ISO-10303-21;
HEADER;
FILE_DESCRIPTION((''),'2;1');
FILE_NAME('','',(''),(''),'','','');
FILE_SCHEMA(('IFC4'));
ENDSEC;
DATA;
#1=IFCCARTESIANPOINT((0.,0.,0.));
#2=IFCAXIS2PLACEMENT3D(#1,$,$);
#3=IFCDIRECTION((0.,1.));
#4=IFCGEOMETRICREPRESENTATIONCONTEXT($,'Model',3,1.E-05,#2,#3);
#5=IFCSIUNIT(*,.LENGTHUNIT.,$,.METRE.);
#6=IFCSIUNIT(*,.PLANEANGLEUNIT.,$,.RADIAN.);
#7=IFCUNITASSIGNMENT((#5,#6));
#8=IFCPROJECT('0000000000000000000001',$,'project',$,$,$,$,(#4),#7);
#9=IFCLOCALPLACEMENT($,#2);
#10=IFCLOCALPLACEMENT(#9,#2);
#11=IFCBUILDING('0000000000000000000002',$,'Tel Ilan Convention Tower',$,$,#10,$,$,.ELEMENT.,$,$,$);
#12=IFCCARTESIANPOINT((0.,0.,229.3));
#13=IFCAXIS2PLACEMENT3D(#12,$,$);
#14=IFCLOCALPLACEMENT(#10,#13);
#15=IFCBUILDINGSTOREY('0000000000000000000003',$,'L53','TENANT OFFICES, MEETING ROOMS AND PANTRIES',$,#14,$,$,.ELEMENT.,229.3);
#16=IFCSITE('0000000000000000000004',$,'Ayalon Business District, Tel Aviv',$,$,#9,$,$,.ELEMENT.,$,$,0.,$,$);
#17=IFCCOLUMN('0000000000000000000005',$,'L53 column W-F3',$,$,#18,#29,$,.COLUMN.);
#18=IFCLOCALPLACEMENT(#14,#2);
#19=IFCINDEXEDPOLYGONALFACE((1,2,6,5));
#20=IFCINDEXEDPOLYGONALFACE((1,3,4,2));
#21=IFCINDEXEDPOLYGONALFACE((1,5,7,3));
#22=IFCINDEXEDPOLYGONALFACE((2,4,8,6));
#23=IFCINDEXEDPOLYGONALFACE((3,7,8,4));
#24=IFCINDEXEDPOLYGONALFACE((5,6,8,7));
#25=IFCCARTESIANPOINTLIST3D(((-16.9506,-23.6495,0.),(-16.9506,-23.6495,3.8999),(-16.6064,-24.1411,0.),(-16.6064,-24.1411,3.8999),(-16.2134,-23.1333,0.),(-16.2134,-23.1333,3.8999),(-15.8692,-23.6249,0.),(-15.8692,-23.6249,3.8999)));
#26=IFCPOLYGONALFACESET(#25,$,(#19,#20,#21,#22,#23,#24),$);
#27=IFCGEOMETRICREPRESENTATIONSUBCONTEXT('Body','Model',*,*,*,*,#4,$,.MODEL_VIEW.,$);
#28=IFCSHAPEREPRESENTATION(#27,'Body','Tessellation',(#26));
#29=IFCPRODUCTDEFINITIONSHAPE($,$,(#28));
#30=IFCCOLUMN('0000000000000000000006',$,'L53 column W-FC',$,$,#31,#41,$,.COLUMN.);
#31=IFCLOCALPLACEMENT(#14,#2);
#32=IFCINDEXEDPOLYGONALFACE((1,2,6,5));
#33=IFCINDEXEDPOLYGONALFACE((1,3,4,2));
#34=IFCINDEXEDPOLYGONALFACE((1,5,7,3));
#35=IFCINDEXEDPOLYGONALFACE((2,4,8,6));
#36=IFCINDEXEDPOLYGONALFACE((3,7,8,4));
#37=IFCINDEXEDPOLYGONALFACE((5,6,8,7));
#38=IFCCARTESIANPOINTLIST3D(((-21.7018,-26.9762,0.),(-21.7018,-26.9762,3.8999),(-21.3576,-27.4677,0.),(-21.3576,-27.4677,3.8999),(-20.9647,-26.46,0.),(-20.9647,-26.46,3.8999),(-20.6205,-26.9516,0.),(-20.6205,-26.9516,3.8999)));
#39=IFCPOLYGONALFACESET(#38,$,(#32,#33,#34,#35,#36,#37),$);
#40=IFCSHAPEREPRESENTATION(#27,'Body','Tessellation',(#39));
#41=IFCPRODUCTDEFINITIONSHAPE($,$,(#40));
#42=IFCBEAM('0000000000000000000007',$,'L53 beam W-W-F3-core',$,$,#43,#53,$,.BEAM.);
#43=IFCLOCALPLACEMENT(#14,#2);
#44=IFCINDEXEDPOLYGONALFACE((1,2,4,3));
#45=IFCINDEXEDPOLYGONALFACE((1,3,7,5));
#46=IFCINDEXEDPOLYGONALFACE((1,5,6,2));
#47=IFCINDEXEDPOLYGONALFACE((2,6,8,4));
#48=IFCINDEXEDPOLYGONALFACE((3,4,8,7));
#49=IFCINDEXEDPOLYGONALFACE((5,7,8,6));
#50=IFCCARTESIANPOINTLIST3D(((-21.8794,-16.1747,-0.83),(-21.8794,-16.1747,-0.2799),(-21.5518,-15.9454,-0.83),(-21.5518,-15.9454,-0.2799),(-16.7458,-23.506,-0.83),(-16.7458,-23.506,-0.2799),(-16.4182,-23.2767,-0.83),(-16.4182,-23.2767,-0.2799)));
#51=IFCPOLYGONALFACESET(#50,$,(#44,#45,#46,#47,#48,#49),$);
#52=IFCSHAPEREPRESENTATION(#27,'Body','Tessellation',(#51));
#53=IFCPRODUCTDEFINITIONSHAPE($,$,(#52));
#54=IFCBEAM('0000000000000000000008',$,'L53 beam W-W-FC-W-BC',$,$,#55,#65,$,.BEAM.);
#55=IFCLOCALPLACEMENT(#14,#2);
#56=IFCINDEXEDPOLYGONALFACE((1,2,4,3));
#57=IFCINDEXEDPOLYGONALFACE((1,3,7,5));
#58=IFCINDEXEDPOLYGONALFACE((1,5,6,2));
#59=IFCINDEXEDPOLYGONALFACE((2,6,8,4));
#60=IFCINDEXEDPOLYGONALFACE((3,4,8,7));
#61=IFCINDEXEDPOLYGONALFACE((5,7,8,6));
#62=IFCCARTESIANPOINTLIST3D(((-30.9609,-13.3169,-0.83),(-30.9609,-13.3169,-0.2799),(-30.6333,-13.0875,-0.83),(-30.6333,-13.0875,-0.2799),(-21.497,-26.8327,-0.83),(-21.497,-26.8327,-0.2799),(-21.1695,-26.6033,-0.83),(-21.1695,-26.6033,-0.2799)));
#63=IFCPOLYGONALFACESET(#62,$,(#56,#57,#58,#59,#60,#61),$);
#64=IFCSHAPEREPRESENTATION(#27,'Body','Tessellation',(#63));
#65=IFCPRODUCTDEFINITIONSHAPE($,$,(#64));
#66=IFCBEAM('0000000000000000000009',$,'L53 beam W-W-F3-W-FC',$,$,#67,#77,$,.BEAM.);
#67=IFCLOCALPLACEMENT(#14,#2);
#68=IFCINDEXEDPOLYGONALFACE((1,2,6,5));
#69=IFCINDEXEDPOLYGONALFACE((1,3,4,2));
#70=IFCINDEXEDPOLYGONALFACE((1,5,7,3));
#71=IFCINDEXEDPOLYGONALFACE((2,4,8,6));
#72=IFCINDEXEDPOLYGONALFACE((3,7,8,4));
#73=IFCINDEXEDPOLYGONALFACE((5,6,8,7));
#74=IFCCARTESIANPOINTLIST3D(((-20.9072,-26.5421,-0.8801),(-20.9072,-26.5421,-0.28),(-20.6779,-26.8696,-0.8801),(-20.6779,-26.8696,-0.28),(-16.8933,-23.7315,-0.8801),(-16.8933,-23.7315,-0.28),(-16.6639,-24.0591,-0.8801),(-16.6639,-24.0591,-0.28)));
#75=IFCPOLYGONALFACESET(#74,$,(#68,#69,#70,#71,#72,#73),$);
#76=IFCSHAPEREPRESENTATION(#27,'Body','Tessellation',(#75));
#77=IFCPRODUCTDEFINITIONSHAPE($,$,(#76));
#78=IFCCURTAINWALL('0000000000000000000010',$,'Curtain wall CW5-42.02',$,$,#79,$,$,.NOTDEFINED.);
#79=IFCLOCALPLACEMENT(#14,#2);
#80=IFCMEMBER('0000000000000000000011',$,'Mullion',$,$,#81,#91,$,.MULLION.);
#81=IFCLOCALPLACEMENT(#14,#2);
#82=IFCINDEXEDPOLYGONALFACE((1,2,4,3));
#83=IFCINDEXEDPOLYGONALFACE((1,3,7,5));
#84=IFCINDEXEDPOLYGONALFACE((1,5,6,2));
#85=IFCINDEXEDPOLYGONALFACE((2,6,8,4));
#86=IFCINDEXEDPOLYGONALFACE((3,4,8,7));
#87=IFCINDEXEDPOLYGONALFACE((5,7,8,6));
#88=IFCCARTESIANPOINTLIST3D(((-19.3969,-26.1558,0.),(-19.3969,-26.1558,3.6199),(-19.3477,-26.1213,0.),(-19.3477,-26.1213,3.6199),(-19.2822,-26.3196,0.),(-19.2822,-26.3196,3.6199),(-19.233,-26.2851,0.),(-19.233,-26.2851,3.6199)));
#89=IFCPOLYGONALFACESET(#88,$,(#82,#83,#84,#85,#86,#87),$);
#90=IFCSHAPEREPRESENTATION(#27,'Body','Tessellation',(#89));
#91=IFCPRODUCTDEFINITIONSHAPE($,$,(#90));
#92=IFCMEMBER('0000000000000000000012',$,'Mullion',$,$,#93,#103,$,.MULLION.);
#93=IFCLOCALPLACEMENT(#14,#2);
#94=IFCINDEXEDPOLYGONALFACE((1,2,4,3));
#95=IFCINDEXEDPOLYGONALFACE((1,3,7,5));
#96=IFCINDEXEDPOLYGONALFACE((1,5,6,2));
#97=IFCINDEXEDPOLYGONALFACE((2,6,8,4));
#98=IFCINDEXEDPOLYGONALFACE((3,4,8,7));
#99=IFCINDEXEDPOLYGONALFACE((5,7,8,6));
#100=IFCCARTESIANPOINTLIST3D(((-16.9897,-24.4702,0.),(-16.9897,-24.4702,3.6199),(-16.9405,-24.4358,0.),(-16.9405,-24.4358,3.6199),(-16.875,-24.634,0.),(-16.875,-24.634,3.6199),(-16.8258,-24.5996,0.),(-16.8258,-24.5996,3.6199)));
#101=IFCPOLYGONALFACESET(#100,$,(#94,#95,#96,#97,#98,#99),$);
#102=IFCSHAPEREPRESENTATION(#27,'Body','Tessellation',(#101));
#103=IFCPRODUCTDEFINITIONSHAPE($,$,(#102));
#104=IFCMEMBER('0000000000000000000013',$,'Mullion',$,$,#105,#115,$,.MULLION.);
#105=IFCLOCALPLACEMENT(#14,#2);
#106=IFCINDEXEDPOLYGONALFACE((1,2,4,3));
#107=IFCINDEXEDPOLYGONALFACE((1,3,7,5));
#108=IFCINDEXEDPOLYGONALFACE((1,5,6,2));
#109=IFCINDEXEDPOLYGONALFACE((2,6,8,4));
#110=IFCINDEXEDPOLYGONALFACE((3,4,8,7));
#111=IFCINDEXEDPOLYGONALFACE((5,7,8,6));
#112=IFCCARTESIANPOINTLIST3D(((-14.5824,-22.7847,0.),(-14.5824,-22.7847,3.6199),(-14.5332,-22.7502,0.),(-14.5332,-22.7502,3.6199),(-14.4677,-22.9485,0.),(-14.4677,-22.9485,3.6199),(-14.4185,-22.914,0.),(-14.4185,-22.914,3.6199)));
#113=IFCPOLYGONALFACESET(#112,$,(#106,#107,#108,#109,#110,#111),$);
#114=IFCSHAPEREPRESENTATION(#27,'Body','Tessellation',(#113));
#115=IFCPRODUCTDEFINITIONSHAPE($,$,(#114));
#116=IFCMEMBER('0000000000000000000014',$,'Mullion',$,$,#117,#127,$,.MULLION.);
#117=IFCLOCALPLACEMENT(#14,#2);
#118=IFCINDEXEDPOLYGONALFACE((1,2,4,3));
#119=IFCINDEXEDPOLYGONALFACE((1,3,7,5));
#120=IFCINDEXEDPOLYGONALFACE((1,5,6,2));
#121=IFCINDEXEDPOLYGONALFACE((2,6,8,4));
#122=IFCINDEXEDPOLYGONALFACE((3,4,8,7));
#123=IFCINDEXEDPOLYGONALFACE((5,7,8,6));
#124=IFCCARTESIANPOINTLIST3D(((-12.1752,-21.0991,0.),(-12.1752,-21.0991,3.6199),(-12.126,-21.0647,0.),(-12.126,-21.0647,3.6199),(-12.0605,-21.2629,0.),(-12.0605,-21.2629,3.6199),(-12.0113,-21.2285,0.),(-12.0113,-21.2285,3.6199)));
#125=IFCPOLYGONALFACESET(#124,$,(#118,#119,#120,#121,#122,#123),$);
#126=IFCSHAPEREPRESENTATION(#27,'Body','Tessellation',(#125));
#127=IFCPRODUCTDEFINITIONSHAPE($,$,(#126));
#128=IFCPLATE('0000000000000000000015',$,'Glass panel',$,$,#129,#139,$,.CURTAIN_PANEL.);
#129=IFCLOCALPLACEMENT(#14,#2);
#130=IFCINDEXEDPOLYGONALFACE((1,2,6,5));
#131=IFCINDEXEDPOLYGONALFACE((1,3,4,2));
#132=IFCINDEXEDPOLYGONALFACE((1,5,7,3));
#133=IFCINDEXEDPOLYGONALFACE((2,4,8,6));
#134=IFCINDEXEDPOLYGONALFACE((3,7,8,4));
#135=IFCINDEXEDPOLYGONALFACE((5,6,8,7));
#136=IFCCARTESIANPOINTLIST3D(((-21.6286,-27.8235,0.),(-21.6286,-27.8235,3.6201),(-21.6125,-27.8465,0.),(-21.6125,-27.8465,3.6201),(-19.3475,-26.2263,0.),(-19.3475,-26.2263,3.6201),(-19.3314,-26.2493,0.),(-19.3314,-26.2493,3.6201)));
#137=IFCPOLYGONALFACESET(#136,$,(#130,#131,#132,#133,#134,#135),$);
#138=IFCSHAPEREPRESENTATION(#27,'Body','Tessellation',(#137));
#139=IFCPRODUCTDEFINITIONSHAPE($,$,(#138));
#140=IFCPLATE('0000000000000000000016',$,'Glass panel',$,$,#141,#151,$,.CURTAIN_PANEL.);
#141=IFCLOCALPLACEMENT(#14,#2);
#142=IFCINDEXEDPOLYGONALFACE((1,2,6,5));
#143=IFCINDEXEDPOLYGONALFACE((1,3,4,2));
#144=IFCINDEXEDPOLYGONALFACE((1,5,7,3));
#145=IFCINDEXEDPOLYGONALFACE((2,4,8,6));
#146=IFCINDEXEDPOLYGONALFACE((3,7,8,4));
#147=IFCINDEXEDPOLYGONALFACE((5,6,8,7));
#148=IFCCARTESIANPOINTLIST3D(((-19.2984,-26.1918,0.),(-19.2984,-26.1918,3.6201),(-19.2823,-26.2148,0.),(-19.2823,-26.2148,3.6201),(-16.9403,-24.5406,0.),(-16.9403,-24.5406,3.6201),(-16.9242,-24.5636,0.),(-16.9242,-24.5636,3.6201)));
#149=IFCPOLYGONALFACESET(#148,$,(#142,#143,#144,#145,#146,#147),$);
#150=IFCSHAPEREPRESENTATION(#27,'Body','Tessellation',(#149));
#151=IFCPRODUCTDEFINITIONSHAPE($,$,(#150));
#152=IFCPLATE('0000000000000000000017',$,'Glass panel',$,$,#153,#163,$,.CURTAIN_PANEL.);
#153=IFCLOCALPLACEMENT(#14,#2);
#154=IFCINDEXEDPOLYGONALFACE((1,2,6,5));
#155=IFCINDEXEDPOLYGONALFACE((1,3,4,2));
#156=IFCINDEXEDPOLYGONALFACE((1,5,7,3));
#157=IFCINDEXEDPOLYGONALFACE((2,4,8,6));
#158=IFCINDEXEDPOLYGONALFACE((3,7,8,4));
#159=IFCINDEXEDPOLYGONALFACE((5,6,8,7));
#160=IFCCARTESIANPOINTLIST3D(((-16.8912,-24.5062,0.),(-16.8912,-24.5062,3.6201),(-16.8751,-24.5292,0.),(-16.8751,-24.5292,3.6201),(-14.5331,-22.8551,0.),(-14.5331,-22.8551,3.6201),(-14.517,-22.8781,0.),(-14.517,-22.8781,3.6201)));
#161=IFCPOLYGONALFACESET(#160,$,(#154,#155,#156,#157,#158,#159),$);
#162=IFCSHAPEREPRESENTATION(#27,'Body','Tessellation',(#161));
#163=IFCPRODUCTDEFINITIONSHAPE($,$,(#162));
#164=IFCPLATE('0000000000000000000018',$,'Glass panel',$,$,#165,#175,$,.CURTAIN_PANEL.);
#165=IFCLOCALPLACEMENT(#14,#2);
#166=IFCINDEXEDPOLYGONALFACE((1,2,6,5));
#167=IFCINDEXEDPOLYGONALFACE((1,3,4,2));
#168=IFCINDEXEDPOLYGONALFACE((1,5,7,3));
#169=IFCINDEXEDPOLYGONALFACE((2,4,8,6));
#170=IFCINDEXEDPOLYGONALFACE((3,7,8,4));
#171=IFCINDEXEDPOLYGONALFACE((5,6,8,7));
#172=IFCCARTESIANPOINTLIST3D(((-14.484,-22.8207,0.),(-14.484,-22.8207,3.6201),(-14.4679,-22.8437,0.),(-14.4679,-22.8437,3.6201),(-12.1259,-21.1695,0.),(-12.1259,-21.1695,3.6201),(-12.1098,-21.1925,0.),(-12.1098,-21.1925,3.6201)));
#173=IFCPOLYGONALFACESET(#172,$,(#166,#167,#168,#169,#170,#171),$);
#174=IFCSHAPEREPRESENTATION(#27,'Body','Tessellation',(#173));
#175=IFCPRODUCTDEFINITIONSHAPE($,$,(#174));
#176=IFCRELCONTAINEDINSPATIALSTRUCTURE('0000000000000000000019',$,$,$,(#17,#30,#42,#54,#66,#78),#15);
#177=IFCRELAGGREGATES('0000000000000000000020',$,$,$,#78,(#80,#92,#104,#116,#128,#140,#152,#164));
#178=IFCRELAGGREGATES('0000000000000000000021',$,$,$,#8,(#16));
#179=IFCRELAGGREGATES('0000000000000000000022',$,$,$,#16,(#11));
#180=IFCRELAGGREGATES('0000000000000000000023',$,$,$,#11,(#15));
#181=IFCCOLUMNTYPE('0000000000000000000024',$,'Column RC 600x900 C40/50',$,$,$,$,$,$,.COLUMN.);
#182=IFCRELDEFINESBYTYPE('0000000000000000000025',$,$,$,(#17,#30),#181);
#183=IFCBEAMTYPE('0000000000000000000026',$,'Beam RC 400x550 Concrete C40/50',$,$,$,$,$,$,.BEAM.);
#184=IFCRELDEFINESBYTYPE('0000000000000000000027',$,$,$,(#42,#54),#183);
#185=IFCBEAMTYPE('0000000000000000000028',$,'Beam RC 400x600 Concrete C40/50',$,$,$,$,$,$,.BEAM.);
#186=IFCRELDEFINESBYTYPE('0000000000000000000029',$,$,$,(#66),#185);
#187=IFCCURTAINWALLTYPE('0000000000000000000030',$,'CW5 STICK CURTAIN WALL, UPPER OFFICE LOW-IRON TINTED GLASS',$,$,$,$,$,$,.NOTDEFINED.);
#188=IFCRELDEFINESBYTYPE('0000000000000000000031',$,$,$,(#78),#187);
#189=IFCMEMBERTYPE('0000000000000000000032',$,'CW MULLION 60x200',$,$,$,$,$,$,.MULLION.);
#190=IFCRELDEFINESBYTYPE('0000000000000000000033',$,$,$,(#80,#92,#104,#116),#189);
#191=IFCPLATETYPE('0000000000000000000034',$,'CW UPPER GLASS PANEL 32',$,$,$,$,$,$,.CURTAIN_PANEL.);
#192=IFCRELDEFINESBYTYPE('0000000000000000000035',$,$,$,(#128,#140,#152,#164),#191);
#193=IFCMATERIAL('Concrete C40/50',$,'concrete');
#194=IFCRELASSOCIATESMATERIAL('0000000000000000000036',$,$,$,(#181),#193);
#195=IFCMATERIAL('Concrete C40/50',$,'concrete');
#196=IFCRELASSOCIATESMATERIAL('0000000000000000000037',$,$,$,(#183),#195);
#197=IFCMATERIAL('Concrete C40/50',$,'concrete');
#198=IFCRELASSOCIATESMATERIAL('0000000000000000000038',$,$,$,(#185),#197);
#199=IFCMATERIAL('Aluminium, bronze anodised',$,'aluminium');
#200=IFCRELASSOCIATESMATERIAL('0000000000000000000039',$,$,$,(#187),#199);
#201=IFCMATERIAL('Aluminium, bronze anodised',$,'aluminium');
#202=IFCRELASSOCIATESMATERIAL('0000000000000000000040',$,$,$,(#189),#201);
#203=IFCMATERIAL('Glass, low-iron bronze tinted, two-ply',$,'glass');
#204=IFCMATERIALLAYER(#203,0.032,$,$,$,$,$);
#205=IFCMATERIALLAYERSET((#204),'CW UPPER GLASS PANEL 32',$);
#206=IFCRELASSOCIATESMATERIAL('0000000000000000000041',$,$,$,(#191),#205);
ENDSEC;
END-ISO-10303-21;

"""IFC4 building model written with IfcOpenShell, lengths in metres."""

from ifc_helpers import new_model, si_unit, direction, frame, origin, origin_2d, place, context, subcontext, project, spatial, rectangle, extrude, material, layer, layer_set, material_profile, profile_set, type_object, element, aggregate, save


model = new_model("IFC4")

# Units and contexts
model_context = context("Model", 3, precision=1e-05, world=origin(), true_north=direction((0.0, 1.0)))
body_context = subcontext(model_context, "Body", "Model", "MODEL_VIEW")
ifc_project = project(units=[si_unit("LENGTHUNIT", "METRE"), si_unit("PLANEANGLEUNIT", "RADIAN")], contexts=[model_context])

# Site, building, storey
site_placement = place(None, origin())
site = spatial("IfcSite", under=ifc_project, at=site_placement, Name="Ayalon Business District, Tel Aviv", CompositionType="ELEMENT", RefElevation=0.0)
building_placement = place(site_placement, origin())
building = spatial("IfcBuilding", under=site, at=building_placement, Name="Tel Ilan Convention Tower", CompositionType="ELEMENT")
storey_placement = place(building_placement, frame((0.0, 0.0, 229.3)))
storey = spatial("IfcBuildingStorey", under=building, at=storey_placement, Name="L53", Description="TENANT OFFICES, MEETING ROOMS AND PANTRIES", CompositionType="ELEMENT", Elevation=229.3)

# Columns
ifc_material_1 = material(Name="Concrete C40/50", Category="concrete")
ifc_material_profile_1 = material_profile(ifc_material_1, rectangle(XDim=0.8999, YDim=0.6001, at=origin_2d()), Name="RC 600x900")
ifc_profile_set_1 = profile_set([ifc_material_profile_1], Name="Concrete C40/50")
column_type = type_object("IfcColumnType", Name="Column RC 600x900 C40/50", PredefinedType="COLUMN", material=ifc_profile_set_1)
for number, where, z_axis, x_axis, name in (
    (1, (-16.4099, -23.6372, 0.0), (0.0, 0.0, 1.0), (-0.819152, -0.573576, 0.0), "L53 column W-F3"),
    (2, (-21.1611, -26.9639, 0.0), (0.0, 0.0, 1.0), (-0.819152, -0.573576, 0.0), "L53 column W-FC"),
):
    element("IfcColumn", number, at=place(storey_placement, frame(where, z_axis=z_axis, x_axis=x_axis)), inside=storey, type_object=column_type, Name=name, PredefinedType="COLUMN", context=body_context, shape_type="SweptSolid", body=[
        extrude(rectangle(XDim=0.8999, YDim=0.6001, at=origin_2d()), origin(), (0.0, 0.0, 1.0), 3.8999),
    ])

# Beams
ifc_material_2 = material(Name="Concrete C40/50", Category="concrete")
ifc_material_profile_2 = material_profile(ifc_material_2, rectangle(XDim=0.3999, YDim=0.55, at=origin_2d()), Name="RC 400x550")
ifc_profile_set_2 = profile_set([ifc_material_profile_2], Name="Concrete C40/50")
beam_type_1 = type_object("IfcBeamType", Name="Beam RC 400x550 Concrete C40/50", PredefinedType="BEAM", material=ifc_profile_set_2)
beam_1_placement = place(storey_placement, frame((-16.582, -23.3914, -0.5549), z_axis=(-0.573585, 0.819146, 0.0), x_axis=(-0.819146, -0.573585, 0.0)))
element("IfcBeam", 3, at=beam_1_placement, inside=storey, type_object=beam_type_1, Name="L53 beam W-W-F3-core", PredefinedType="BEAM", context=body_context, shape_type="SweptSolid", body=[
    extrude(rectangle(XDim=0.3999, YDim=0.55, at=origin_2d()), origin(), (0.0, 0.0, 1.0), 8.95),
])
beam_2_placement = place(storey_placement, frame((-21.3333, -26.718, -0.5549), z_axis=(-0.573575, 0.819153, 0.0), x_axis=(-0.819153, -0.573575, 0.0)))
element("IfcBeam", 4, at=beam_2_placement, inside=storey, type_object=beam_type_1, Name="L53 beam W-W-FC-W-BC", PredefinedType="BEAM", context=body_context, shape_type="SweptSolid", body=[
    extrude(rectangle(XDim=0.3999, YDim=0.55, at=origin_2d()), origin(), (0.0, 0.0, 1.0), 16.4998),
])
ifc_material_3 = material(Name="Concrete C40/50", Category="concrete")
ifc_material_profile_3 = material_profile(ifc_material_3, rectangle(XDim=0.3999, YDim=0.6001, at=origin_2d()), Name="RC 400x600")
ifc_profile_set_3 = profile_set([ifc_material_profile_3], Name="Concrete C40/50")
beam_type_2 = type_object("IfcBeamType", Name="Beam RC 400x600 Concrete C40/50", PredefinedType="BEAM", material=ifc_profile_set_3)
beam_3_placement = place(storey_placement, frame((-16.7786, -23.8953, -0.5801), z_axis=(-0.819155, -0.573573, 0.0), x_axis=(0.573573, -0.819155, 0.0)))
element("IfcBeam", 5, at=beam_3_placement, inside=storey, type_object=beam_type_2, Name="L53 beam W-W-F3-W-FC", PredefinedType="BEAM", context=body_context, shape_type="SweptSolid", body=[
    extrude(rectangle(XDim=0.3999, YDim=0.6001, at=origin_2d()), origin(), (0.0, 0.0, 1.0), 4.9001),
])

# Curtain wall, members, plates
ifc_material_4 = material(Name="Aluminium, bronze anodised", Category="aluminium")
curtain_wall_type = type_object("IfcCurtainWallType", Name="CW5 STICK CURTAIN WALL, UPPER OFFICE LOW-IRON TINTED GLASS", PredefinedType="NOTDEFINED", material=ifc_material_4)
curtain_wall_placement = place(storey_placement, origin())
curtain_wall = element("IfcCurtainWall", 6, at=curtain_wall_placement, inside=storey, type_object=curtain_wall_type, Name="Curtain wall CW5-42.02", PredefinedType="NOTDEFINED")
ifc_material_5 = material(Name="Aluminium, bronze anodised", Category="aluminium")
ifc_material_profile_4 = material_profile(ifc_material_5, rectangle(XDim=0.0601, YDim=0.2, at=origin_2d()), Name="CW MULLION 60x200")
ifc_profile_set_4 = profile_set([ifc_material_profile_4], Name="Aluminium, bronze anodised")
member_type = type_object("IfcMemberType", Name="CW MULLION 60x200", PredefinedType="MULLION", material=ifc_profile_set_4)
member_1_placement = place(storey_placement, frame((-19.3149, -26.2205, 0.0), z_axis=(0.0, 0.0, 1.0), x_axis=(0.819152, 0.573576, 0.0)))
member_1 = element("IfcMember", 7, at=member_1_placement, type_object=member_type, Name="Mullion", PredefinedType="MULLION", context=body_context, shape_type="SweptSolid", body=[
    extrude(rectangle(XDim=0.0601, YDim=0.2, at=origin_2d()), origin(), (0.0, 0.0, 1.0), 3.6199),
])
member_2_placement = place(storey_placement, frame((-16.9077, -24.5349, 0.0), z_axis=(0.0, 0.0, 1.0), x_axis=(0.819152, 0.573576, 0.0)))
member_2 = element("IfcMember", 8, at=member_2_placement, type_object=member_type, Name="Mullion", PredefinedType="MULLION", context=body_context, shape_type="SweptSolid", body=[
    extrude(rectangle(XDim=0.0601, YDim=0.2, at=origin_2d()), origin(), (0.0, 0.0, 1.0), 3.6199),
])
member_3_placement = place(storey_placement, frame((-14.5005, -22.8494, 0.0), z_axis=(0.0, 0.0, 1.0), x_axis=(0.819152, 0.573576, 0.0)))
member_3 = element("IfcMember", 9, at=member_3_placement, type_object=member_type, Name="Mullion", PredefinedType="MULLION", context=body_context, shape_type="SweptSolid", body=[
    extrude(rectangle(XDim=0.0601, YDim=0.2, at=origin_2d()), origin(), (0.0, 0.0, 1.0), 3.6199),
])
member_4_placement = place(storey_placement, frame((-12.0933, -21.1638, 0.0), z_axis=(0.0, 0.0, 1.0), x_axis=(0.819152, 0.573576, 0.0)))
member_4 = element("IfcMember", 10, at=member_4_placement, type_object=member_type, Name="Mullion", PredefinedType="MULLION", context=body_context, shape_type="SweptSolid", body=[
    extrude(rectangle(XDim=0.0601, YDim=0.2, at=origin_2d()), origin(), (0.0, 0.0, 1.0), 3.6199),
])
ifc_material_6 = material(Name="Glass, low-iron bronze tinted, two-ply", Category="glass")
ifc_layer_1 = layer(ifc_material_6, 0.032)
ifc_layer_set_1 = layer_set([ifc_layer_1], Name="CW UPPER GLASS PANEL 32")
plate_type = type_object("IfcPlateType", Name="CW UPPER GLASS PANEL 32", PredefinedType="CURTAIN_PANEL", material=ifc_layer_set_1)
plate_1_placement = place(storey_placement, frame((-20.48, -27.0364, 0.0), z_axis=(0.0, 0.0, 1.0), x_axis=(0.819152, 0.573576, 0.0)))
plate_1 = element("IfcPlate", 11, at=plate_1_placement, type_object=plate_type, Name="Glass panel", PredefinedType="CURTAIN_PANEL", context=body_context, shape_type="SweptSolid", body=[
    extrude(rectangle(XDim=2.7847, YDim=0.0281, at=origin_2d()), origin(), (0.0, 0.0, 1.0), 3.6201),
])
plate_2_placement = place(storey_placement, frame((-18.1113, -25.3777, 0.0), z_axis=(0.0, 0.0, 1.0), x_axis=(0.819152, 0.573576, 0.0)))
plate_2 = element("IfcPlate", 12, at=plate_2_placement, type_object=plate_type, Name="Glass panel", PredefinedType="CURTAIN_PANEL", context=body_context, shape_type="SweptSolid", body=[
    extrude(rectangle(XDim=2.8787, YDim=0.0281, at=origin_2d()), origin(), (0.0, 0.0, 1.0), 3.6201),
])
plate_3_placement = place(storey_placement, frame((-15.7041, -23.6921, 0.0), z_axis=(0.0, 0.0, 1.0), x_axis=(0.819152, 0.573576, 0.0)))
plate_3 = element("IfcPlate", 13, at=plate_3_placement, type_object=plate_type, Name="Glass panel", PredefinedType="CURTAIN_PANEL", context=body_context, shape_type="SweptSolid", body=[
    extrude(rectangle(XDim=2.8787, YDim=0.0281, at=origin_2d()), origin(), (0.0, 0.0, 1.0), 3.6201),
])
plate_4_placement = place(storey_placement, frame((-13.2969, -22.0066, 0.0), z_axis=(0.0, 0.0, 1.0), x_axis=(0.819152, 0.573576, 0.0)))
plate_4 = element("IfcPlate", 14, at=plate_4_placement, type_object=plate_type, Name="Glass panel", PredefinedType="CURTAIN_PANEL", context=body_context, shape_type="SweptSolid", body=[
    extrude(rectangle(XDim=2.8787, YDim=0.0281, at=origin_2d()), origin(), (0.0, 0.0, 1.0), 3.6201),
])
aggregate(curtain_wall, [member_1, member_2, member_3, member_4, plate_1, plate_2, plate_3, plate_4])

save(model, "model.ifc")
